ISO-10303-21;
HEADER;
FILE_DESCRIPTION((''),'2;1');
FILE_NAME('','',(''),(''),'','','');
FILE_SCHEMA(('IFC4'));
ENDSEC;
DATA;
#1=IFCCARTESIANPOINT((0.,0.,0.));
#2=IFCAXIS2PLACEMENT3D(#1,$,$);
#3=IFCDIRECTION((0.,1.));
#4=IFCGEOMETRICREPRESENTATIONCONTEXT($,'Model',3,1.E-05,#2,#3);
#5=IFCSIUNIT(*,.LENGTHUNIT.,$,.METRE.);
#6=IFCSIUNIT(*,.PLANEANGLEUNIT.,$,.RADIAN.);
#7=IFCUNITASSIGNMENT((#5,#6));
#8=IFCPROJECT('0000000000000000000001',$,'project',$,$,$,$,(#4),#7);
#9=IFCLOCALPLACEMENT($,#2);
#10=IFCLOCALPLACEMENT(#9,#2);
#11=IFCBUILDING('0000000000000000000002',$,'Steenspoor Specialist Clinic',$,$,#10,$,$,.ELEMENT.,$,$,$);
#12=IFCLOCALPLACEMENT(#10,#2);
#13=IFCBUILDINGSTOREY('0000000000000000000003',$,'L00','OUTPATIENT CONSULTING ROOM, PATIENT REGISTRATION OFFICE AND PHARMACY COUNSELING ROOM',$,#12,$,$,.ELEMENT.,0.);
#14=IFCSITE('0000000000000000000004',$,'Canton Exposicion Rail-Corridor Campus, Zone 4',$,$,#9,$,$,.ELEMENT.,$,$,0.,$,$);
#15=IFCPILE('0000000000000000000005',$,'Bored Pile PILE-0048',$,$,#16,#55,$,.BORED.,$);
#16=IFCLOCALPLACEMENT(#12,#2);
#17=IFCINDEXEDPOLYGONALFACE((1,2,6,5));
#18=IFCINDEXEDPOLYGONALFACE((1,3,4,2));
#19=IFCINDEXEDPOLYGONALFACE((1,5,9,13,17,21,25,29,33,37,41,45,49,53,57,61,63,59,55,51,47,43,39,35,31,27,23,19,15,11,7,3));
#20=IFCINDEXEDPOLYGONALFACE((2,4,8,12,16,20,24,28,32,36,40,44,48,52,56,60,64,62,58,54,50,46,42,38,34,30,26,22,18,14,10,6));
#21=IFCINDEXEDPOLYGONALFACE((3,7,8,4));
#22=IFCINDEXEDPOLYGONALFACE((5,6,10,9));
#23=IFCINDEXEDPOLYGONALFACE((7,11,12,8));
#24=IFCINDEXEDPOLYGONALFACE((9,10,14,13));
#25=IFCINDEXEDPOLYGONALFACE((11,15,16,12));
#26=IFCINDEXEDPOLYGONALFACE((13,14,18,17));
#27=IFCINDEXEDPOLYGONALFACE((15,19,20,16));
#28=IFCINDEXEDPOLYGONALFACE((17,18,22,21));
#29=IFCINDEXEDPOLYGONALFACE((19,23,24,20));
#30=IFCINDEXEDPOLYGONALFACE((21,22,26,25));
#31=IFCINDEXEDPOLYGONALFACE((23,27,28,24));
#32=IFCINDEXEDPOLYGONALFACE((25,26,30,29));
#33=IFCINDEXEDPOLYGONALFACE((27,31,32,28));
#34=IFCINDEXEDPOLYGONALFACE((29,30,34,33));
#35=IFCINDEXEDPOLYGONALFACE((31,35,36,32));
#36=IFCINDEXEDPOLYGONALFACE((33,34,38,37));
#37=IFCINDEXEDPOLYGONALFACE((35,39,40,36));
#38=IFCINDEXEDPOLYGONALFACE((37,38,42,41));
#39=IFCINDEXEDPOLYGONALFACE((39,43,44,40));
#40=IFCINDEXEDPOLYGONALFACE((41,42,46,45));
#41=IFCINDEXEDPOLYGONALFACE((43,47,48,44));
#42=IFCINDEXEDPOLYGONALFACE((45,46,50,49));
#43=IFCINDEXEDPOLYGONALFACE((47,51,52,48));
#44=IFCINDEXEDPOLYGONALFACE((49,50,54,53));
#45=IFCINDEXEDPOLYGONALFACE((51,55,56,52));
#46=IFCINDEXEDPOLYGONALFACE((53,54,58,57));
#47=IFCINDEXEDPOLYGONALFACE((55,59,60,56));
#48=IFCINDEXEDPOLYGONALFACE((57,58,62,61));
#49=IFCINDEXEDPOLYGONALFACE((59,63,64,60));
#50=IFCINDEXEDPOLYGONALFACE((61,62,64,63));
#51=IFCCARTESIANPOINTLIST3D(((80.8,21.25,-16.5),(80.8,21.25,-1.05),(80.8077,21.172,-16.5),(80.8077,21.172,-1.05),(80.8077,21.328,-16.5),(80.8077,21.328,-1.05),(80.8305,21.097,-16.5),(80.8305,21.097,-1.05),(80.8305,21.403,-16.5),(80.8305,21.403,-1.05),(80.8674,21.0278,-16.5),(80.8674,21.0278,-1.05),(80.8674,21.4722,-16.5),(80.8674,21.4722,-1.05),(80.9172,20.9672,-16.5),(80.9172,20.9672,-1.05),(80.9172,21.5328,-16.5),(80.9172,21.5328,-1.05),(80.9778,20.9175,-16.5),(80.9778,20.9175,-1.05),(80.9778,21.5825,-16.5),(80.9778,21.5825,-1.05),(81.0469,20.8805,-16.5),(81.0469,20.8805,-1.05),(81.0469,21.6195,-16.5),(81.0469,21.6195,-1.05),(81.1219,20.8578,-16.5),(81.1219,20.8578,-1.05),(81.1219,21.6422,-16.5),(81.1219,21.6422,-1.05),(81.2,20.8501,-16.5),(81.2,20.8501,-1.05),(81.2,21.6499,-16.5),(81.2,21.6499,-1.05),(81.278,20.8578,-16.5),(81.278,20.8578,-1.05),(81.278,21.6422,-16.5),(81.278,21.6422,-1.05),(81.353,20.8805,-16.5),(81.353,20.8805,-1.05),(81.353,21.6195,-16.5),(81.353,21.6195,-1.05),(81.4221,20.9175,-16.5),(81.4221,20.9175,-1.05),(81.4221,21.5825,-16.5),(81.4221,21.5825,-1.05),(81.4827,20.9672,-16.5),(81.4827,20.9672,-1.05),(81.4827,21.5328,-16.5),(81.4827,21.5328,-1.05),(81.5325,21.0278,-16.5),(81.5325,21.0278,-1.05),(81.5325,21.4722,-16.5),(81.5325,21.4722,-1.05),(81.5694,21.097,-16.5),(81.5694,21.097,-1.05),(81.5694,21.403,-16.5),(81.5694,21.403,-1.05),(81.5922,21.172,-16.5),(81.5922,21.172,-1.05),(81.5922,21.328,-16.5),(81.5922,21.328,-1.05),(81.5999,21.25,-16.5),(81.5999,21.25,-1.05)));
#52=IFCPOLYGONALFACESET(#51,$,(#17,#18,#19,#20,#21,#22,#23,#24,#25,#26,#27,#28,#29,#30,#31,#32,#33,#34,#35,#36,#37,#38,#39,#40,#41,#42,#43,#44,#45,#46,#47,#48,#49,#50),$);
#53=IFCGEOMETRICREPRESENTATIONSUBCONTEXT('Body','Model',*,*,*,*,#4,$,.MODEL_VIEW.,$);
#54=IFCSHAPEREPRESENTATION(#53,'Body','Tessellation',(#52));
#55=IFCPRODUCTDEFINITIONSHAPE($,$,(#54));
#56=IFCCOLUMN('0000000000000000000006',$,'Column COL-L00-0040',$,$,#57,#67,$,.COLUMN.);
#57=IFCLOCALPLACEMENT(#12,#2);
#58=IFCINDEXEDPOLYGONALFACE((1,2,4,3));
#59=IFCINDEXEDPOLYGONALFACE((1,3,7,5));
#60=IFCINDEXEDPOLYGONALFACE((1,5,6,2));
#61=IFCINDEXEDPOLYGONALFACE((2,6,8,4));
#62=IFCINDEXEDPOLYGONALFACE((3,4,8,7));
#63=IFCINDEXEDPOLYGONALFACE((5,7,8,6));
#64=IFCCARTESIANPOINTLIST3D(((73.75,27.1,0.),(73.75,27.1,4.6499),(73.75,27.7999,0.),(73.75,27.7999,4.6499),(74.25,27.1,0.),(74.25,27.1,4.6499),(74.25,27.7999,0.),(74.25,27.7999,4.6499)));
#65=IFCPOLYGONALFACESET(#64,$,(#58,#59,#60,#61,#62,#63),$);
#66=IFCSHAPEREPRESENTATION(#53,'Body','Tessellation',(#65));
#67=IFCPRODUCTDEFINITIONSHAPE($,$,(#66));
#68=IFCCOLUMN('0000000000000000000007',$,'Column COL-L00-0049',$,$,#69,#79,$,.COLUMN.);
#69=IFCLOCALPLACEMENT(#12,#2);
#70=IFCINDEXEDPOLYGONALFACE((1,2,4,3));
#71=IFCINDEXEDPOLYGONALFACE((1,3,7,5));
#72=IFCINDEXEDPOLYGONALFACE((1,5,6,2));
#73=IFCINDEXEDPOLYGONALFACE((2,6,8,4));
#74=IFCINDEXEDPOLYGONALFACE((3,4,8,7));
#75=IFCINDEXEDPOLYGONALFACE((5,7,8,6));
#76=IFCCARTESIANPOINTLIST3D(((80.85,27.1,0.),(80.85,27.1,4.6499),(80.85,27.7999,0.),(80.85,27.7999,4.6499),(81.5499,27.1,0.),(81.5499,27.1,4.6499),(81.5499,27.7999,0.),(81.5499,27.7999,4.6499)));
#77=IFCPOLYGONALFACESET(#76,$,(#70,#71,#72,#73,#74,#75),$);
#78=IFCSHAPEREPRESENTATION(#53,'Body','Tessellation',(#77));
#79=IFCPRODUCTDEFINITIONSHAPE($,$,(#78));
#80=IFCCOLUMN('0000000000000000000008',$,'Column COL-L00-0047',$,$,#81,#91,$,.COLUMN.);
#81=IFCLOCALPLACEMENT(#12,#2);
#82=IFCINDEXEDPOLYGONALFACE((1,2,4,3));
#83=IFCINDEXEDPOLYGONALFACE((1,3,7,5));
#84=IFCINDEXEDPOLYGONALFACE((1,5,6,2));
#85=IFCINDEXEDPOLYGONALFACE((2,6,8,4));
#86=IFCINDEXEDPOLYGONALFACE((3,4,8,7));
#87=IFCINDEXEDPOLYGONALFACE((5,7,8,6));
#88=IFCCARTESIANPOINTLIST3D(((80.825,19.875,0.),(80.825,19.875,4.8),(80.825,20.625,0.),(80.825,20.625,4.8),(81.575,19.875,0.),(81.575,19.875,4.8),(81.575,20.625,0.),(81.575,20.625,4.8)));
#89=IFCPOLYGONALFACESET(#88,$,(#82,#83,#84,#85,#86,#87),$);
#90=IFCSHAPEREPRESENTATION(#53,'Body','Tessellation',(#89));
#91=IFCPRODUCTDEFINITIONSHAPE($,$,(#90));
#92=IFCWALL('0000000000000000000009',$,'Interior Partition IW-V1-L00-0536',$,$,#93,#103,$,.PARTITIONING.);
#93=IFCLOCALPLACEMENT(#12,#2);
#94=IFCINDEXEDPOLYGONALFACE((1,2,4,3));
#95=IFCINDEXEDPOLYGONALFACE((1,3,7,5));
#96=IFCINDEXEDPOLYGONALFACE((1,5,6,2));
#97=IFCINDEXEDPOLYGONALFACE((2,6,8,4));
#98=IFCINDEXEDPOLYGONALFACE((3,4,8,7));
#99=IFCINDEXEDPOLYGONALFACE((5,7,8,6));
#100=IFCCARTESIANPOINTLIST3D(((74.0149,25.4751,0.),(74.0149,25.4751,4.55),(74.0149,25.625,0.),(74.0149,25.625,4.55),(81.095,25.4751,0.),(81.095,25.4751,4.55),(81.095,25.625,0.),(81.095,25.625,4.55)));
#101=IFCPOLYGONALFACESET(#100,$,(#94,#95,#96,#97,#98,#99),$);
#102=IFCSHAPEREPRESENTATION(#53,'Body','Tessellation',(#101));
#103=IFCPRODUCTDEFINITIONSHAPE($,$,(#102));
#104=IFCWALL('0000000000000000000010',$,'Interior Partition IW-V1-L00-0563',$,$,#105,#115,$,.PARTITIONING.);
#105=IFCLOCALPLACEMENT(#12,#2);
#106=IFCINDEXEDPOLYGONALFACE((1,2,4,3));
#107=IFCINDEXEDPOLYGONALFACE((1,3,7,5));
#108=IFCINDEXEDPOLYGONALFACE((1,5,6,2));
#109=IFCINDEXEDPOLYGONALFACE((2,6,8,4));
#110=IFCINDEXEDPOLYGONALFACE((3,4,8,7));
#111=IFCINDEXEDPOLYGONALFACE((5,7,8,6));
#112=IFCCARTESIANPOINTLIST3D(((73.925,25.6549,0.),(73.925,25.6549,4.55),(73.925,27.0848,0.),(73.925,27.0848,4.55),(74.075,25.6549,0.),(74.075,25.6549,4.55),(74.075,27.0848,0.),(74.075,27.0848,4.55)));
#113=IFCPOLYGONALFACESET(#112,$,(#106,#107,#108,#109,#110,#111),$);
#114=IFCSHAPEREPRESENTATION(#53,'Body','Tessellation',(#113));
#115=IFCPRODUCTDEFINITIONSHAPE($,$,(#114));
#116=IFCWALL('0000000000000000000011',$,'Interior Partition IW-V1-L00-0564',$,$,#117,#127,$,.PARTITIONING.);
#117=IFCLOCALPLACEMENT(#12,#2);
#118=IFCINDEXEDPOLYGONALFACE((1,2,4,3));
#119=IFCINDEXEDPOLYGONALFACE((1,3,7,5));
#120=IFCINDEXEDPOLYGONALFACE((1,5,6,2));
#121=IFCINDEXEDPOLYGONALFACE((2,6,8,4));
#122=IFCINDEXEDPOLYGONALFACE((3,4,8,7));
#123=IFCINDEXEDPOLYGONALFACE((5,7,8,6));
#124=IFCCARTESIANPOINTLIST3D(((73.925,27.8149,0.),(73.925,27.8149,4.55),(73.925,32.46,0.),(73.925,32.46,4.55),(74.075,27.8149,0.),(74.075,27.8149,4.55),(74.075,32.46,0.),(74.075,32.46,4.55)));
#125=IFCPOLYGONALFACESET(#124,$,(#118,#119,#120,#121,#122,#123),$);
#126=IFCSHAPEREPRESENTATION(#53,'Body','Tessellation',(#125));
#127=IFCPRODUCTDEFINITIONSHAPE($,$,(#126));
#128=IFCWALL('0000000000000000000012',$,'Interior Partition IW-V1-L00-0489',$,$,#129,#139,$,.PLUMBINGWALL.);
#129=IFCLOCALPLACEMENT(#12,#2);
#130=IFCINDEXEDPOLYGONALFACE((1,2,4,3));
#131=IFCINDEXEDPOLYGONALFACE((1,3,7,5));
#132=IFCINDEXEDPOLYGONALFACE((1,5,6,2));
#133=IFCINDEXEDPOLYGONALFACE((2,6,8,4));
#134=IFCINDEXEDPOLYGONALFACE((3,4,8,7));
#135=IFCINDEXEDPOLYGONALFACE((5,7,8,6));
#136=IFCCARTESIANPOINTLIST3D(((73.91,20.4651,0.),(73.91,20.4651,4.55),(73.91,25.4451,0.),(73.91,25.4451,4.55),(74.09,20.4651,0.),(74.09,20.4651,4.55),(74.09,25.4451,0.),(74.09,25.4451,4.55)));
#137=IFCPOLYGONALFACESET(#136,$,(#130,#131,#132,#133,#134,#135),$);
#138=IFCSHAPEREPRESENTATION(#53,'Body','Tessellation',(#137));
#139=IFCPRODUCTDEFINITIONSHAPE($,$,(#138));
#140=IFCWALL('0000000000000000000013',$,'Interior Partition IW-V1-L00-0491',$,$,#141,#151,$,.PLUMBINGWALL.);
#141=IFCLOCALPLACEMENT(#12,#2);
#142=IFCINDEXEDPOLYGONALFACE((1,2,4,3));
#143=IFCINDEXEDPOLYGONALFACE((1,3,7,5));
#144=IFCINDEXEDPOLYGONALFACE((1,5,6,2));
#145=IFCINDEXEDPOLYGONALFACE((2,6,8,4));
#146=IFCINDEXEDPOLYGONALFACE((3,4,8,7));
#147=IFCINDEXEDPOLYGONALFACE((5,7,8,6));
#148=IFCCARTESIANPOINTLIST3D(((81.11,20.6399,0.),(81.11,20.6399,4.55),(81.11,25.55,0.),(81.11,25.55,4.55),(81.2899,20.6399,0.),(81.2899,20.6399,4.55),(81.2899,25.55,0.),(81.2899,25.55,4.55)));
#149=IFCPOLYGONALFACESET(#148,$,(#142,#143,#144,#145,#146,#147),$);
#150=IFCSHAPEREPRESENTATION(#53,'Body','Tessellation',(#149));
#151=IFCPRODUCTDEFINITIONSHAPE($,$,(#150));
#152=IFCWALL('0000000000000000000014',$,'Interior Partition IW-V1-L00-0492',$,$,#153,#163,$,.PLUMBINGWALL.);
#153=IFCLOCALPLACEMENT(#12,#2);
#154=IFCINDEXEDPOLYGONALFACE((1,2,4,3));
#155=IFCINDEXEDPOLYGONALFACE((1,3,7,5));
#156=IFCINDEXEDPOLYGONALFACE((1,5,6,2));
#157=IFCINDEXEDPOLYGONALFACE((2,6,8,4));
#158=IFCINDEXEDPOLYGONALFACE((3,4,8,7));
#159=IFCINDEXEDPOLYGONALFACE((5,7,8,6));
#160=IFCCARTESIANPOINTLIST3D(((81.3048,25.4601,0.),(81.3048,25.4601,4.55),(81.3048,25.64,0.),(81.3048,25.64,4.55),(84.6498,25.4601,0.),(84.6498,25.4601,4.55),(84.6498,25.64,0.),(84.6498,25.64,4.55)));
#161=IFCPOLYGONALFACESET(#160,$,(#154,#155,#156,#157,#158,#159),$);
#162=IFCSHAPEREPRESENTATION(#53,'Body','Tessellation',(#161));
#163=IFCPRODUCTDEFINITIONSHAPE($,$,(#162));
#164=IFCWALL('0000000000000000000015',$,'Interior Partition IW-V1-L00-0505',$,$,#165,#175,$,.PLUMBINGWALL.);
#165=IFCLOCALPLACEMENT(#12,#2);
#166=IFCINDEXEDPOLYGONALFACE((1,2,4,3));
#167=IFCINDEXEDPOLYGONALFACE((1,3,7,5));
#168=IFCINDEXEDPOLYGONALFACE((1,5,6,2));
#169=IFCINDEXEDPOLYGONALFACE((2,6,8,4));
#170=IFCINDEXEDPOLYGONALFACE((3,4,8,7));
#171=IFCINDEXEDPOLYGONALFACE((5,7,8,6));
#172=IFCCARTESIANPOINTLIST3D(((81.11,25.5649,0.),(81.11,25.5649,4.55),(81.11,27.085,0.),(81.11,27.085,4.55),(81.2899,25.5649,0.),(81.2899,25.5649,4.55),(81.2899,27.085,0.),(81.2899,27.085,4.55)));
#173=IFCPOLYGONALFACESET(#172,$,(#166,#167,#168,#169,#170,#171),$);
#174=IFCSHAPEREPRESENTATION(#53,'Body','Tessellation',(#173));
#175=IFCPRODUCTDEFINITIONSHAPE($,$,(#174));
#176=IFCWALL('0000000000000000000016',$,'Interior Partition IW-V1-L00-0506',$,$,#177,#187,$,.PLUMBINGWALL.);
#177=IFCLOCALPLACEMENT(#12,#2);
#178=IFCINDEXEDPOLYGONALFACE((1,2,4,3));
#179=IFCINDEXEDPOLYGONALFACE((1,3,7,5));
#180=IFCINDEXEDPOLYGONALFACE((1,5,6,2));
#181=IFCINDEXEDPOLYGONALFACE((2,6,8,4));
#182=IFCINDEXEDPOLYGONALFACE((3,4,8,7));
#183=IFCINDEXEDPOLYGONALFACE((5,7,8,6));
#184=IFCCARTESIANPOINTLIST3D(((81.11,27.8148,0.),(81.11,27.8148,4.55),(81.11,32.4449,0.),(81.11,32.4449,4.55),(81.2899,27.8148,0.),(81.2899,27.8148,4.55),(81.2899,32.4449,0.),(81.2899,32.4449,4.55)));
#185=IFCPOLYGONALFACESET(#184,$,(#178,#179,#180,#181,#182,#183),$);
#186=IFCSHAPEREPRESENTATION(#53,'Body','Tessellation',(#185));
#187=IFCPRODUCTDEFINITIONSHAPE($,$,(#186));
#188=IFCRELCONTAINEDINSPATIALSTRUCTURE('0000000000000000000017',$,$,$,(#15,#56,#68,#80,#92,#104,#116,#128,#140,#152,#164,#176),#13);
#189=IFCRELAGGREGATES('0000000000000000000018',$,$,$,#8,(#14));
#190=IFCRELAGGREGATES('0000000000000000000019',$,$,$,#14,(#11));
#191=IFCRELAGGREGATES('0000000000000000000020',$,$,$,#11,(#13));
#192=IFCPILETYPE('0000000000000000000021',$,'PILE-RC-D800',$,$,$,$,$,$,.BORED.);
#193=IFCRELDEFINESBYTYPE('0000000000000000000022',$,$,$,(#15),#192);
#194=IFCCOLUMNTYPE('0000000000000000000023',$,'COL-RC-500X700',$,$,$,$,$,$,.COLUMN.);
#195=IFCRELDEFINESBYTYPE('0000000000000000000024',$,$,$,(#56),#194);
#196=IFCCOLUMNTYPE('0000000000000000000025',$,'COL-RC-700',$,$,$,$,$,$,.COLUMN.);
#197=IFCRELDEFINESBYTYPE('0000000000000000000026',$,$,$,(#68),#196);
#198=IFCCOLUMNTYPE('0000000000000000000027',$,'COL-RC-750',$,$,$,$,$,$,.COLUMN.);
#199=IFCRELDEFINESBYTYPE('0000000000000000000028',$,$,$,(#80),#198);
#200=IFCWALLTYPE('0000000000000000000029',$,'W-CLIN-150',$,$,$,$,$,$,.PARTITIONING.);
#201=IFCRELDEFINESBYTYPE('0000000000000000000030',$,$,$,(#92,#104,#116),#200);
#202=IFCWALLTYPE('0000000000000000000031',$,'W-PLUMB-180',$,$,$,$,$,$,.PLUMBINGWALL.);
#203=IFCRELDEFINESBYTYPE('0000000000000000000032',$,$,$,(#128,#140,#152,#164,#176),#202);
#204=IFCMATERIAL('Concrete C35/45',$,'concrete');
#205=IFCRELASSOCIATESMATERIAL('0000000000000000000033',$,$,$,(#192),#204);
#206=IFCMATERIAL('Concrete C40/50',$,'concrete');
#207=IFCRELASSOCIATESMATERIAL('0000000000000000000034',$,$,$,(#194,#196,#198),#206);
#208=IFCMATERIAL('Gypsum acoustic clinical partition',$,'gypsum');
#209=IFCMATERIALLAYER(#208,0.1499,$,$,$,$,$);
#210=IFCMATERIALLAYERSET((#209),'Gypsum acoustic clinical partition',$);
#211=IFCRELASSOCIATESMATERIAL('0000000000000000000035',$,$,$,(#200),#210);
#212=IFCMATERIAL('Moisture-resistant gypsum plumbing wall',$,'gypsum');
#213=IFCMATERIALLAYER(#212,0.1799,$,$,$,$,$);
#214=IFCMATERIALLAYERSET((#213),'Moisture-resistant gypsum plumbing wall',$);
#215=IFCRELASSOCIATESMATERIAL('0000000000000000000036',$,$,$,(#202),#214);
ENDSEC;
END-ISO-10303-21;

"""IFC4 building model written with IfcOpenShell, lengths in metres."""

from ifc_helpers import new_model, si_unit, direction, frame, frame_2d, origin, origin_2d, place, context, subcontext, project, spatial, rectangle, circle, extrude, material, layer, layer_set, material_profile, profile_set, type_object, element, save


model = new_model("IFC4")

# Units and contexts
model_context = context("Model", 3, precision=1e-05, world=origin(), true_north=direction((0.0, 1.0)))
body_context = subcontext(model_context, "Body", "Model", "MODEL_VIEW")
ifc_project = project(units=[si_unit("LENGTHUNIT", "METRE"), si_unit("PLANEANGLEUNIT", "RADIAN")], contexts=[model_context])

# Site, building, storey
site_placement = place(None, origin())
site = spatial("IfcSite", under=ifc_project, at=site_placement, Name="Canton Exposicion Rail-Corridor Campus, Zone 4", CompositionType="ELEMENT", RefElevation=0.0)
building_placement = place(site_placement, origin())
building = spatial("IfcBuilding", under=site, at=building_placement, Name="Steenspoor Specialist Clinic", CompositionType="ELEMENT")
storey_placement = place(building_placement, origin())
storey = spatial("IfcBuildingStorey", under=building, at=storey_placement, Name="L00", Description="OUTPATIENT CONSULTING ROOM, PATIENT REGISTRATION OFFICE AND PHARMACY COUNSELING ROOM", CompositionType="ELEMENT", Elevation=0.0)

# Shared definitions
ifc_material_1 = material(Name="Concrete C35/45", Category="concrete")

# Pile
ifc_material_profile_1 = material_profile(ifc_material_1, circle(Radius=0.3999, at=origin_2d()), Name="PILE-D800")
ifc_profile_set_1 = profile_set([ifc_material_profile_1], Name="Concrete C35/45")
pile_type_1 = type_object("IfcPileType", Name="PILE-RC-D800", PredefinedType="BORED", material=ifc_profile_set_1)
pile_placement = place(storey_placement, frame((81.2, 21.25, -1.05), z_axis=(0.0, 0.0, -1.0), x_axis=(1.0, 0.0, 0.0)))
element("IfcPile", 1, at=pile_placement, inside=storey, type_object=pile_type_1, Name="Bored Pile PILE-0048", PredefinedType="BORED", context=body_context, shape_type="SweptSolid", body=[
    extrude(circle(Radius=0.3999, at=origin_2d()), origin(), (0.0, 0.0, 1.0), 15.45),
])

# Columns
ifc_material_2 = material(Name="Concrete C40/50", Category="concrete")
ifc_material_profile_2 = material_profile(ifc_material_2, rectangle(XDim=0.5, YDim=0.7, at=origin_2d()), Name="RC-COL-500X700")
ifc_profile_set_2 = profile_set([ifc_material_profile_2], Name="Concrete C40/50")
column_type_1 = type_object("IfcColumnType", Name="COL-RC-500X700", PredefinedType="COLUMN", material=ifc_profile_set_2)
column_1_placement = place(storey_placement, frame((74.0, 27.45, 0.0), z_axis=(0.0, 0.0, 1.0), x_axis=(1.0, 0.0, 0.0)))
element("IfcColumn", 2, at=column_1_placement, inside=storey, type_object=column_type_1, Name="Column COL-L00-0040", PredefinedType="COLUMN", context=body_context, shape_type="SweptSolid", body=[
    extrude(rectangle(XDim=0.5, YDim=0.7, at=origin_2d()), origin(), (0.0, 0.0, 1.0), 4.6499),
])
ifc_material_profile_3 = material_profile(ifc_material_2, rectangle(XDim=0.7, YDim=0.7, at=origin_2d()), Name="RC-COL-700X700")
ifc_profile_set_3 = profile_set([ifc_material_profile_3], Name="Concrete C40/50")
column_type_2 = type_object("IfcColumnType", Name="COL-RC-700", PredefinedType="COLUMN", material=ifc_profile_set_3)
column_2_placement = place(storey_placement, frame((81.2, 27.45, 0.0), z_axis=(0.0, 0.0, 1.0), x_axis=(1.0, 0.0, 0.0)))
element("IfcColumn", 3, at=column_2_placement, inside=storey, type_object=column_type_2, Name="Column COL-L00-0049", PredefinedType="COLUMN", context=body_context, shape_type="SweptSolid", body=[
    extrude(rectangle(XDim=0.7, YDim=0.7, at=origin_2d()), origin(), (0.0, 0.0, 1.0), 4.6499),
])
ifc_material_profile_4 = material_profile(ifc_material_2, rectangle(XDim=0.75, YDim=0.75, at=origin_2d()), Name="RC-COL-750X750")
ifc_profile_set_4 = profile_set([ifc_material_profile_4], Name="Concrete C40/50")
column_type_3 = type_object("IfcColumnType", Name="COL-RC-750", PredefinedType="COLUMN", material=ifc_profile_set_4)
column_3_placement = place(storey_placement, frame((81.2, 20.25, 0.0), z_axis=(0.0, 0.0, 1.0), x_axis=(1.0, 0.0, 0.0)))
element("IfcColumn", 4, at=column_3_placement, inside=storey, type_object=column_type_3, Name="Column COL-L00-0047", PredefinedType="COLUMN", context=body_context, shape_type="SweptSolid", body=[
    extrude(rectangle(XDim=0.75, YDim=0.75, at=origin_2d()), origin(), (0.0, 0.0, 1.0), 4.8),
])

# Walls
ifc_material_3 = material(Name="Gypsum acoustic clinical partition", Category="gypsum")
ifc_layer_1 = layer(ifc_material_3, 0.1499)
ifc_layer_set_1 = layer_set([ifc_layer_1], Name="Gypsum acoustic clinical partition")
wall_type_1 = type_object("IfcWallType", Name="W-CLIN-150", PredefinedType="PARTITIONING", material=ifc_layer_set_1)
wall_1_placement = place(storey_placement, frame((74.0149, 25.55, 0.0), z_axis=(0.0, 0.0, 1.0), x_axis=(1.0, 0.0, 0.0)))
element("IfcWall", 5, at=wall_1_placement, inside=storey, type_object=wall_type_1, Name="Interior Partition IW-V1-L00-0536", PredefinedType="PARTITIONING", context=body_context, shape_type="SweptSolid", body=[
    extrude(rectangle(XDim=7.0801, YDim=0.1499, at=frame_2d((3.54, 0.0))), origin(), (0.0, 0.0, 1.0), 4.55),
])
wall_2_placement = place(storey_placement, frame((74.0, 25.655, 0.0), z_axis=(0.0, 0.0, 1.0), x_axis=(0.0, 1.0, 0.0)))
element("IfcWall", 6, at=wall_2_placement, inside=storey, type_object=wall_type_1, Name="Interior Partition IW-V1-L00-0563", PredefinedType="PARTITIONING", context=body_context, shape_type="SweptSolid", body=[
    extrude(rectangle(XDim=1.4299, YDim=0.1499, at=frame_2d((0.7148, 0.0))), origin(), (0.0, 0.0, 1.0), 4.55),
])
wall_3_placement = place(storey_placement, frame((74.0, 27.8149, 0.0), z_axis=(0.0, 0.0, 1.0), x_axis=(0.0, 1.0, 0.0)))
element("IfcWall", 7, at=wall_3_placement, inside=storey, type_object=wall_type_1, Name="Interior Partition IW-V1-L00-0564", PredefinedType="PARTITIONING", context=body_context, shape_type="SweptSolid", body=[
    extrude(rectangle(XDim=4.645, YDim=0.1499, at=frame_2d((2.3225, 0.0))), origin(), (0.0, 0.0, 1.0), 4.55),
])
ifc_material_4 = material(Name="Moisture-resistant gypsum plumbing wall", Category="gypsum")
ifc_layer_2 = layer(ifc_material_4, 0.1799)
ifc_layer_set_2 = layer_set([ifc_layer_2], Name="Moisture-resistant gypsum plumbing wall")
wall_type_2 = type_object("IfcWallType", Name="W-PLUMB-180", PredefinedType="PLUMBINGWALL", material=ifc_layer_set_2)
wall_4_placement = place(storey_placement, frame((74.0, 20.4651, 0.0), z_axis=(0.0, 0.0, 1.0), x_axis=(0.0, 1.0, 0.0)))
element("IfcWall", 8, at=wall_4_placement, inside=storey, type_object=wall_type_2, Name="Interior Partition IW-V1-L00-0489", PredefinedType="PLUMBINGWALL", context=body_context, shape_type="SweptSolid", body=[
    extrude(rectangle(XDim=4.98, YDim=0.1799, at=frame_2d((2.49, 0.0))), origin(), (0.0, 0.0, 1.0), 4.55),
])
wall_5_placement = place(storey_placement, frame((81.2, 20.6399, 0.0), z_axis=(0.0, 0.0, 1.0), x_axis=(0.0, 1.0, 0.0)))
element("IfcWall", 9, at=wall_5_placement, inside=storey, type_object=wall_type_2, Name="Interior Partition IW-V1-L00-0491", PredefinedType="PLUMBINGWALL", context=body_context, shape_type="SweptSolid", body=[
    extrude(rectangle(XDim=4.9102, YDim=0.1799, at=frame_2d((2.4551, 0.0))), origin(), (0.0, 0.0, 1.0), 4.55),
])
wall_6_placement = place(storey_placement, frame((81.3049, 25.55, 0.0), z_axis=(0.0, 0.0, 1.0), x_axis=(1.0, 0.0, 0.0)))
element("IfcWall", 10, at=wall_6_placement, inside=storey, type_object=wall_type_2, Name="Interior Partition IW-V1-L00-0492", PredefinedType="PLUMBINGWALL", context=body_context, shape_type="SweptSolid", body=[
    extrude(rectangle(XDim=3.345, YDim=0.1799, at=frame_2d((1.6724, 0.0))), origin(), (0.0, 0.0, 1.0), 4.55),
])
wall_7_placement = place(storey_placement, frame((81.2, 25.5649, 0.0), z_axis=(0.0, 0.0, 1.0), x_axis=(0.0, 1.0, 0.0)))
element("IfcWall", 11, at=wall_7_placement, inside=storey, type_object=wall_type_2, Name="Interior Partition IW-V1-L00-0505", PredefinedType="PLUMBINGWALL", context=body_context, shape_type="SweptSolid", body=[
    extrude(rectangle(XDim=1.52, YDim=0.1799, at=frame_2d((0.76, 0.0))), origin(), (0.0, 0.0, 1.0), 4.55),
])
wall_8_placement = place(storey_placement, frame((81.2, 27.8149, 0.0), z_axis=(0.0, 0.0, 1.0), x_axis=(0.0, 1.0, 0.0)))
element("IfcWall", 12, at=wall_8_placement, inside=storey, type_object=wall_type_2, Name="Interior Partition IW-V1-L00-0506", PredefinedType="PLUMBINGWALL", context=body_context, shape_type="SweptSolid", body=[
    extrude(rectangle(XDim=4.6301, YDim=0.1799, at=frame_2d((2.3149, 0.0))), origin(), (0.0, 0.0, 1.0), 4.55),
])

save(model, "model.ifc")
